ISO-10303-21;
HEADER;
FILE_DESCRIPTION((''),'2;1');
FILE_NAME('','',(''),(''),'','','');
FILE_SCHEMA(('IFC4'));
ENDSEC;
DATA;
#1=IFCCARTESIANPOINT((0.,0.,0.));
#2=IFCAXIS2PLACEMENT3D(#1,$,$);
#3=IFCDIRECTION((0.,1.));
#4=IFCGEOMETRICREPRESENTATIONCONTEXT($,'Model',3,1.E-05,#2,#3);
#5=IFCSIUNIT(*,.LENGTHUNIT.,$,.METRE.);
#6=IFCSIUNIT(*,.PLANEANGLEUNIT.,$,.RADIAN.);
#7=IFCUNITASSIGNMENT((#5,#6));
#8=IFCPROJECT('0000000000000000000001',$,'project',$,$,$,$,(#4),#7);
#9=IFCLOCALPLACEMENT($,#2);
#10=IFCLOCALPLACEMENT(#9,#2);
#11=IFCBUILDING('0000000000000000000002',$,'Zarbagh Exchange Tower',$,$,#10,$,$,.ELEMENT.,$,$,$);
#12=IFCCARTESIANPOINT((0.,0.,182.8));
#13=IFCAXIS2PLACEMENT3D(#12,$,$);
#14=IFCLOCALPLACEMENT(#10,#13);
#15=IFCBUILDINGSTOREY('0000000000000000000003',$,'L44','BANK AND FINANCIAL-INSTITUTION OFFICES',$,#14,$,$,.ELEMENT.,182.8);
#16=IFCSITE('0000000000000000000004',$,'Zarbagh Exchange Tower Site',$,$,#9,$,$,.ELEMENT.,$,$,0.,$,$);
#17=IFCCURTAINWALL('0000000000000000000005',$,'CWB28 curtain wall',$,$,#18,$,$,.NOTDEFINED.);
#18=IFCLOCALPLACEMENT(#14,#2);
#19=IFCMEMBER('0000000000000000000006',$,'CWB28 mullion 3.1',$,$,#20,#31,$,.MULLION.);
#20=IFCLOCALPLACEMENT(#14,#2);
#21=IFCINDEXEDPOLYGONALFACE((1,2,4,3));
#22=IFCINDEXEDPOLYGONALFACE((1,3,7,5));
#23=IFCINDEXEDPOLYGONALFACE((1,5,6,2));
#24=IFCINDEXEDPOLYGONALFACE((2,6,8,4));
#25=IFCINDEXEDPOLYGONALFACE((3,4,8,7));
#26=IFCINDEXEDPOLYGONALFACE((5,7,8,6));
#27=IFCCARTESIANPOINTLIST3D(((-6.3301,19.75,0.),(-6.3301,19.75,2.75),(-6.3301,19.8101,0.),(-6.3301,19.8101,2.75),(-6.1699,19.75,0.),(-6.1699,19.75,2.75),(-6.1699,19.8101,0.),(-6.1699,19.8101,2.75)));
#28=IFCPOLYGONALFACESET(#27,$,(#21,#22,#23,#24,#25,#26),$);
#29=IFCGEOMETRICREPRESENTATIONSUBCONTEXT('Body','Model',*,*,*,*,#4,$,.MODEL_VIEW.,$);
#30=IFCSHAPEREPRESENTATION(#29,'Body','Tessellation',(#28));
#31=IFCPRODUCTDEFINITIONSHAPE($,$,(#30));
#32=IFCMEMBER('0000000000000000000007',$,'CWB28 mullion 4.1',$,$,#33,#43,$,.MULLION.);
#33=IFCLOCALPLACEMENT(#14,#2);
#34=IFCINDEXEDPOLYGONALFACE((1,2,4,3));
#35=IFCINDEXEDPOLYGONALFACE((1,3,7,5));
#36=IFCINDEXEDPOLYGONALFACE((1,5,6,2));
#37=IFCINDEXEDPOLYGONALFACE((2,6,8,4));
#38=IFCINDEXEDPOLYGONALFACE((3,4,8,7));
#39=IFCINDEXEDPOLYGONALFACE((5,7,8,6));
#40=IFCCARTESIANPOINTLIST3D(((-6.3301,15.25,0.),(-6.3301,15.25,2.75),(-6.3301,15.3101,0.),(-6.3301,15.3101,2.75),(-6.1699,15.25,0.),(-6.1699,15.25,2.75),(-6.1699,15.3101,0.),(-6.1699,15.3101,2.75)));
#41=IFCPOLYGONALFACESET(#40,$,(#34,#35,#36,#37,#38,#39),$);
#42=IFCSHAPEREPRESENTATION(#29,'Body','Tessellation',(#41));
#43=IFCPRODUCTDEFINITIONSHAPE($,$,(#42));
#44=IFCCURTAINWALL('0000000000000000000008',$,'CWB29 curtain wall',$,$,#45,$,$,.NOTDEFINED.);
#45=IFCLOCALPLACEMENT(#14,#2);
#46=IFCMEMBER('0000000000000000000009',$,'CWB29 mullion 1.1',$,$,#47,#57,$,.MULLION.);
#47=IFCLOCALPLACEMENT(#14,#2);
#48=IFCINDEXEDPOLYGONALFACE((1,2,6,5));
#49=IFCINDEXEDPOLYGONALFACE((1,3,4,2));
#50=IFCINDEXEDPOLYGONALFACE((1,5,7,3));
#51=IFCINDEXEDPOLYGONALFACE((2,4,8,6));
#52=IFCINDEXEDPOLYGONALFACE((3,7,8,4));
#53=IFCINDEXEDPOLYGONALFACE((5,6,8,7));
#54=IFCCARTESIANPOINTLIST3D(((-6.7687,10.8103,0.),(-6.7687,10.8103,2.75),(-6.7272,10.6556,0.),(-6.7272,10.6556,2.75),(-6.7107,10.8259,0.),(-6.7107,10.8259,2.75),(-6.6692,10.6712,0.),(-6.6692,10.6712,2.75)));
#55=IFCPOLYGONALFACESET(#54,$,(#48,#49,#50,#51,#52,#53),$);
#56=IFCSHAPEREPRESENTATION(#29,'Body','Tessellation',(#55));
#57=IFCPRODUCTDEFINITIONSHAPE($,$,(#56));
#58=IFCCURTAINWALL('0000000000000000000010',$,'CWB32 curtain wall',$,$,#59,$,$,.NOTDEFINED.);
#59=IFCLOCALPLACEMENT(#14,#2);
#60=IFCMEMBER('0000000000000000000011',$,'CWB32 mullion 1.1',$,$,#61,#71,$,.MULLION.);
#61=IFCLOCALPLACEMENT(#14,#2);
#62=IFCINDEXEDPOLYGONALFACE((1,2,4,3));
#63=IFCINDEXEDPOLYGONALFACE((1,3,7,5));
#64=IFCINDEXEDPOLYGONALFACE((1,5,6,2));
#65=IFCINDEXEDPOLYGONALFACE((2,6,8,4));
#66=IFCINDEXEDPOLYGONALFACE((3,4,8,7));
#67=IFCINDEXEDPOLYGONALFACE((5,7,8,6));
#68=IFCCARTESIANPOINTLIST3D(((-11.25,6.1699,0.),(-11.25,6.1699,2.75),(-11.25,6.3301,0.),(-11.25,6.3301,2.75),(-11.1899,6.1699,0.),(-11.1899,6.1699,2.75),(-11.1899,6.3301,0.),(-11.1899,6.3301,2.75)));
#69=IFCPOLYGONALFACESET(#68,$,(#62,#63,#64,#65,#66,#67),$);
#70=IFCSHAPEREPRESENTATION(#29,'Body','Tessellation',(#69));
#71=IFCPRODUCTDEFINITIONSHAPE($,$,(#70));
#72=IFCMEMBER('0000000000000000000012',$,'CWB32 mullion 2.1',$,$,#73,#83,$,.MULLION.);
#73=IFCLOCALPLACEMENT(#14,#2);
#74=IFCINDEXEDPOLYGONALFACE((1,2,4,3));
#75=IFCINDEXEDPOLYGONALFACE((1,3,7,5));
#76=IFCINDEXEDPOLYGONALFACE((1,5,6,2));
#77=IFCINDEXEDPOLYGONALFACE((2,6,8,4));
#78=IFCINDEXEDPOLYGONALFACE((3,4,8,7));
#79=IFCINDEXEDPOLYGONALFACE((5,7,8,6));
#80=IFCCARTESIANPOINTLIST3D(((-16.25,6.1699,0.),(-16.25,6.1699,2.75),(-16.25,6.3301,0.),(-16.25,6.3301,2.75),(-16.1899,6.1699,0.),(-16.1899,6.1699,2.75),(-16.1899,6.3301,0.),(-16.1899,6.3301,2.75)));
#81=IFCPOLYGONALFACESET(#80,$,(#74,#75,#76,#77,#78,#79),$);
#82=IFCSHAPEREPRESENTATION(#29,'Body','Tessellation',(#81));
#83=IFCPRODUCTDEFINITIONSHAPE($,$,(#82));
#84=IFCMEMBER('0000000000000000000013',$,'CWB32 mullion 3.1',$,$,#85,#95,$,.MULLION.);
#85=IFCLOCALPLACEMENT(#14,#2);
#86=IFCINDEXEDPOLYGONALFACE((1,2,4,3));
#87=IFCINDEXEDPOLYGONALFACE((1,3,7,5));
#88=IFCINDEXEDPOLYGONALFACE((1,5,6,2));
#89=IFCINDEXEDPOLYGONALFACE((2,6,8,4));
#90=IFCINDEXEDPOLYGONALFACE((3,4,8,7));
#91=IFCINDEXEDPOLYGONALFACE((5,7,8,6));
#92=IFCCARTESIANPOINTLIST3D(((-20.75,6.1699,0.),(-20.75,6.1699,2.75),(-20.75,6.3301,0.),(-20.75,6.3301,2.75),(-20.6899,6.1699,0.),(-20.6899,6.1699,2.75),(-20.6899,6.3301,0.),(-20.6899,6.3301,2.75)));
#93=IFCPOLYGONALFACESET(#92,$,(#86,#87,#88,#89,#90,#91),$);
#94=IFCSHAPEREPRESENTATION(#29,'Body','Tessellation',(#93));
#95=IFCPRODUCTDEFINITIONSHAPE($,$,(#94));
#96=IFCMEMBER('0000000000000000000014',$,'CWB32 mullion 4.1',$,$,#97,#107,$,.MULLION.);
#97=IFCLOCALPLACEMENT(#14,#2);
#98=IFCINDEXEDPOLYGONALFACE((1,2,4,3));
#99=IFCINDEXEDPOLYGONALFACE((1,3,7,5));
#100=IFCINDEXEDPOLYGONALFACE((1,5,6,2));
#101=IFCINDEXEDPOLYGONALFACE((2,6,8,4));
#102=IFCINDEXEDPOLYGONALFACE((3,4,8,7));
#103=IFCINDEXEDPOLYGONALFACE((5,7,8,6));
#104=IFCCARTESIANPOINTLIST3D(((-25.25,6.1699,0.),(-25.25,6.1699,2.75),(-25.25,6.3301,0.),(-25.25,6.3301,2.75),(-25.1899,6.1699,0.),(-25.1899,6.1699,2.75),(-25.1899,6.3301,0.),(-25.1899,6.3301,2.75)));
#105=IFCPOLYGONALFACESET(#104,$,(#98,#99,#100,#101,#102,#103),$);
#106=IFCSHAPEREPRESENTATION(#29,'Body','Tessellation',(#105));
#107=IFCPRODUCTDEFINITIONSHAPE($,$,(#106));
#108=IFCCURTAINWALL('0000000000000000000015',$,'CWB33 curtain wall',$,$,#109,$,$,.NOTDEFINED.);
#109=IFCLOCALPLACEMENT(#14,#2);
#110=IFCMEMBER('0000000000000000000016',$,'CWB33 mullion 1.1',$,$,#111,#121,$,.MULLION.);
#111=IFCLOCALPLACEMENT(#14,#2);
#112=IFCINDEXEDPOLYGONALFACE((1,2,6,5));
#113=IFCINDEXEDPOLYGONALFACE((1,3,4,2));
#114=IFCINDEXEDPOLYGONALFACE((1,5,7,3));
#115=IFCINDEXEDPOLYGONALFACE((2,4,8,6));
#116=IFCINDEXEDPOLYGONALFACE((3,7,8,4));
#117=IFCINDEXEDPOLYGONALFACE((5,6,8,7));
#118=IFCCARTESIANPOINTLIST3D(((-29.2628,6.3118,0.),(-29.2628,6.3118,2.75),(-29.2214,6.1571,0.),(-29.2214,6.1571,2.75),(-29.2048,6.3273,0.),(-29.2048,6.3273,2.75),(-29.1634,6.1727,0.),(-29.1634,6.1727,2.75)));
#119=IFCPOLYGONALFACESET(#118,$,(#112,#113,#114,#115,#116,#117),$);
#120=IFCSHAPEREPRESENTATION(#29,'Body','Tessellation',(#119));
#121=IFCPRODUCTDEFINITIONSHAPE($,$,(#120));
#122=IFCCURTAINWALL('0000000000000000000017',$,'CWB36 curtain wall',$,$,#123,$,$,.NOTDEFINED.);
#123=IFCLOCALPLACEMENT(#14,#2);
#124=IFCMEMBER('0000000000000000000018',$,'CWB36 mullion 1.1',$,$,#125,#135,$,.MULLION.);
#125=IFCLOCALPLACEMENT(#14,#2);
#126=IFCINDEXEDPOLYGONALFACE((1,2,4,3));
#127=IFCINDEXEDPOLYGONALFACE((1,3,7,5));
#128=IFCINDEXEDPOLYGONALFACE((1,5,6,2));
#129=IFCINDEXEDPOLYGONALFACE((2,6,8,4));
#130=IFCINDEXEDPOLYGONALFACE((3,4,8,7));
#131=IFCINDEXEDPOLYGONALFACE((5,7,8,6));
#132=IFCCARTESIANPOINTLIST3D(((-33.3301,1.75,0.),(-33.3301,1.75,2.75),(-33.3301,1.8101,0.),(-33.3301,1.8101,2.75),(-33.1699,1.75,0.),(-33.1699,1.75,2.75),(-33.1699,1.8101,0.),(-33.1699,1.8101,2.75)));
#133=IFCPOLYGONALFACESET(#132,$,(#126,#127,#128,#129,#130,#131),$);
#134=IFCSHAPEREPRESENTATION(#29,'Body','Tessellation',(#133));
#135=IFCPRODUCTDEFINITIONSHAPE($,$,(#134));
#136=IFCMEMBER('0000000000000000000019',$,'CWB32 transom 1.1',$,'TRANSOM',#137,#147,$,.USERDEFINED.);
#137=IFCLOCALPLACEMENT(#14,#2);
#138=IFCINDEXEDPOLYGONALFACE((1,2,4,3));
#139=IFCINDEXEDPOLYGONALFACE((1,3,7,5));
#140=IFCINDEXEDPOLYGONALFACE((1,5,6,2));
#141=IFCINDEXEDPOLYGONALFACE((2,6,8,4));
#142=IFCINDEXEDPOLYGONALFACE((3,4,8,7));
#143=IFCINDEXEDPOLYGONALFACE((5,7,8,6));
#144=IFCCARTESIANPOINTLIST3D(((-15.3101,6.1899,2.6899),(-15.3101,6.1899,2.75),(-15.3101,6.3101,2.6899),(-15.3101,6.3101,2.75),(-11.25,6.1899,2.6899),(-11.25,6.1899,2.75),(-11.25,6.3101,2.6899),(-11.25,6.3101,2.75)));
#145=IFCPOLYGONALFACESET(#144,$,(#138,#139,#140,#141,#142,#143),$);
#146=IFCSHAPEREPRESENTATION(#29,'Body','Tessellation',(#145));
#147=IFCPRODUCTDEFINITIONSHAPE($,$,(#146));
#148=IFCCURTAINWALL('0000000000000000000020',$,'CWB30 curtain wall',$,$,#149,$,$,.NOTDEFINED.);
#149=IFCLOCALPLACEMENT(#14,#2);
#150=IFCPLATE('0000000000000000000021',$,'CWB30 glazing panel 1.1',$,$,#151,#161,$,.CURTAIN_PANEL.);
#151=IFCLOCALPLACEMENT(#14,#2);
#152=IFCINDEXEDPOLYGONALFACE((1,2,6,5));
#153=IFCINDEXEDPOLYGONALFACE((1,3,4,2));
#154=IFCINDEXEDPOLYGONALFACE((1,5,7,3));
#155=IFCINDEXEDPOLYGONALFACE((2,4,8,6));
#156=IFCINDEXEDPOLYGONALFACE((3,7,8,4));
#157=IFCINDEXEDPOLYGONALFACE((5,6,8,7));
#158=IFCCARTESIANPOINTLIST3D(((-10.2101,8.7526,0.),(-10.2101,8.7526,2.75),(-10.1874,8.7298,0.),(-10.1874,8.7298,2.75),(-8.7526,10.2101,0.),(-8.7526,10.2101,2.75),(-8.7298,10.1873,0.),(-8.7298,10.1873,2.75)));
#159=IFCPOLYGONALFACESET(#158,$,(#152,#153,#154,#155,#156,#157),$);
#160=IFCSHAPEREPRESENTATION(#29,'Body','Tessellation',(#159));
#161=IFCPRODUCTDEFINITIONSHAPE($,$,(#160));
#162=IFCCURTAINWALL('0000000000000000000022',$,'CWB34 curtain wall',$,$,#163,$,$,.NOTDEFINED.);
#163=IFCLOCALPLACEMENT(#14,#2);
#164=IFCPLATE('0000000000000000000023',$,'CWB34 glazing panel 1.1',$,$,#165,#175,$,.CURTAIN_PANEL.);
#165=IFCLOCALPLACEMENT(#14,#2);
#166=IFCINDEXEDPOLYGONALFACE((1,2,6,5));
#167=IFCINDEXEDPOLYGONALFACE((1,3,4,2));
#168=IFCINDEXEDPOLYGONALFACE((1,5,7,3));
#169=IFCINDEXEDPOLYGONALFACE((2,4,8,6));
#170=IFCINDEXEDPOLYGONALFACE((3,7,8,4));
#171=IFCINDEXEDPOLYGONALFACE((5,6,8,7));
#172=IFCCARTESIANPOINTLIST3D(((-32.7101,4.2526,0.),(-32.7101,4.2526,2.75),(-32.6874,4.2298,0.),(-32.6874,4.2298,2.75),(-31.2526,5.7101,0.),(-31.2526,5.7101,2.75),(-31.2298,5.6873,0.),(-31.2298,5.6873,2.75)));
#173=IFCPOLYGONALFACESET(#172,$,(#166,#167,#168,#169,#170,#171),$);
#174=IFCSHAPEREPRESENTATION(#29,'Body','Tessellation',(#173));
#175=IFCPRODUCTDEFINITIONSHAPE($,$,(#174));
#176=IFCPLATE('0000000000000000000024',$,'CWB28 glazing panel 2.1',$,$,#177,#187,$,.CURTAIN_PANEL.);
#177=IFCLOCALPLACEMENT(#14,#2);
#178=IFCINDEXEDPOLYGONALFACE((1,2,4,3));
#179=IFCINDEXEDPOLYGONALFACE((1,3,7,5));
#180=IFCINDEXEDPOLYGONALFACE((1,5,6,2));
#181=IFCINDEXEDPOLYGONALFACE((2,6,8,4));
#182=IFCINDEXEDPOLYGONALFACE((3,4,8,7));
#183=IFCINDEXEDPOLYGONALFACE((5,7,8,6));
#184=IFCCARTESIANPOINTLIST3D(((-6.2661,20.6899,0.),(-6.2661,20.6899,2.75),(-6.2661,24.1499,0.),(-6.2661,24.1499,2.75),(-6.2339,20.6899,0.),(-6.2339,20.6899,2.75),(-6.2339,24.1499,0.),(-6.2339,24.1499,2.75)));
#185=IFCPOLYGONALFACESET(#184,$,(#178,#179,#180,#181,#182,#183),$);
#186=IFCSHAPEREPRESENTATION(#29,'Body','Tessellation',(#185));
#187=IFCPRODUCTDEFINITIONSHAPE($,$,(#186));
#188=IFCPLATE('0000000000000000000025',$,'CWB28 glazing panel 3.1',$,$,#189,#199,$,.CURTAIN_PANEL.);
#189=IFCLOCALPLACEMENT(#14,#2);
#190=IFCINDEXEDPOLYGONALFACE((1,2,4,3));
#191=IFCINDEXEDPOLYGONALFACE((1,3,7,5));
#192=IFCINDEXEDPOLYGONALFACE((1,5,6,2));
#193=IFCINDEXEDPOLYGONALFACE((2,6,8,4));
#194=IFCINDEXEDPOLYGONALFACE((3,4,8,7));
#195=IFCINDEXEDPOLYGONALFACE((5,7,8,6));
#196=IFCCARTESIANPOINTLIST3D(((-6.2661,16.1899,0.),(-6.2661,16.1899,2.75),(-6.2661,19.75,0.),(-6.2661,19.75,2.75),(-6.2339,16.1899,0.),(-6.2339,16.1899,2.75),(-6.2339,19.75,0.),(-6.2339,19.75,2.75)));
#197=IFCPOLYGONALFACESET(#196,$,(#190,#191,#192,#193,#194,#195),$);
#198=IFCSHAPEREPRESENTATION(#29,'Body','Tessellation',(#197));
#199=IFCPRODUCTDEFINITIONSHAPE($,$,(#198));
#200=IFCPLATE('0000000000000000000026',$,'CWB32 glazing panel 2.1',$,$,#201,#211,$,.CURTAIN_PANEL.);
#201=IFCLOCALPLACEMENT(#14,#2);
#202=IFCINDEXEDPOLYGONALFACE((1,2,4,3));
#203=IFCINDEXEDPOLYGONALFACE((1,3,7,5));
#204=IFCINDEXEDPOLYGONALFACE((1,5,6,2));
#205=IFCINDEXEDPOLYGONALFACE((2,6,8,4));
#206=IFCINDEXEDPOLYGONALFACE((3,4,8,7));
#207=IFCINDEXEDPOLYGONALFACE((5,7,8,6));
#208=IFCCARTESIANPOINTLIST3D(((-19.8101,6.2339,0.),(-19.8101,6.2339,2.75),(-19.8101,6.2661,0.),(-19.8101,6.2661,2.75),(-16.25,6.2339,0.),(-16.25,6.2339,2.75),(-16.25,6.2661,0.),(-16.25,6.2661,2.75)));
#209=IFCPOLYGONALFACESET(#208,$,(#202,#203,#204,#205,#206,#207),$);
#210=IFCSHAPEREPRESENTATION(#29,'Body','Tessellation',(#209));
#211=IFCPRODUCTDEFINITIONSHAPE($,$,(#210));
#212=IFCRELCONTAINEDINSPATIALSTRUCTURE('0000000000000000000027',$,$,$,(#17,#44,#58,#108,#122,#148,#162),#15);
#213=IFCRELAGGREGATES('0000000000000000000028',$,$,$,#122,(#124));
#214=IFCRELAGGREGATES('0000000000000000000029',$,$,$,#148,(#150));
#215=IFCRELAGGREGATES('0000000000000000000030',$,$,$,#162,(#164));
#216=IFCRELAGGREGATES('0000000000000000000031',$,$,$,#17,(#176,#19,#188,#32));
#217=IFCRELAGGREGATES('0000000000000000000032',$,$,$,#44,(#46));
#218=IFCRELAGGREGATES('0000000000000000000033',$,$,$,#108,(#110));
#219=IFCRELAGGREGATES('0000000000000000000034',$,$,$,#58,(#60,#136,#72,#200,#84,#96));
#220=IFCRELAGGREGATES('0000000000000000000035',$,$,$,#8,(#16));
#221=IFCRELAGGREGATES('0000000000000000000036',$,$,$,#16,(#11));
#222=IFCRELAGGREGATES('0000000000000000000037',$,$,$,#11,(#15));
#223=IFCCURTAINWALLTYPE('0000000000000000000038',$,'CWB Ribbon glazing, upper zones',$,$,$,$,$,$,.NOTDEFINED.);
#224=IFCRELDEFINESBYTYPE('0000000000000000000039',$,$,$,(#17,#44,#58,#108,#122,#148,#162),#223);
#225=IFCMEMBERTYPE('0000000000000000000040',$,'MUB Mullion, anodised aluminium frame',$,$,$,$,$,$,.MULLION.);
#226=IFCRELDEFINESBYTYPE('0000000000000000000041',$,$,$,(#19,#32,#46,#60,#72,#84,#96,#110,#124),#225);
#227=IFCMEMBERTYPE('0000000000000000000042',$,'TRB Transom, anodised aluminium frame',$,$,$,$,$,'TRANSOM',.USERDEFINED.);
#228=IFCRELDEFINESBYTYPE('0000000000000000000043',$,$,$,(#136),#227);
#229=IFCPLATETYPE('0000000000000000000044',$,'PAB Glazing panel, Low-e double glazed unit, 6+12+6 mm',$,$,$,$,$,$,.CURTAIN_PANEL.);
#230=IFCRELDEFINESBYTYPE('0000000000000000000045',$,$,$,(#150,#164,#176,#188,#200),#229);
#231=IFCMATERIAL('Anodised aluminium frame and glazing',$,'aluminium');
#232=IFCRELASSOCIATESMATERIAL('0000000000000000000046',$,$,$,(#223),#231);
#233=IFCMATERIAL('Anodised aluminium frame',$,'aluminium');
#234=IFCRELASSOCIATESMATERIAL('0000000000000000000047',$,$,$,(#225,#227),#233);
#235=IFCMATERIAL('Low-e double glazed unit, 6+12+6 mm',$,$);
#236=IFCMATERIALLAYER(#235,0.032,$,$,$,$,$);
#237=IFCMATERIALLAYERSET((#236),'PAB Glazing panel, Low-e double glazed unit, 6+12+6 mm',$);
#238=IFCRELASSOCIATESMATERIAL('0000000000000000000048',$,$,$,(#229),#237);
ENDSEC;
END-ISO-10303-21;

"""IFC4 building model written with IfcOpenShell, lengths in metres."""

from ifc_helpers import new_model, si_unit, direction, frame, origin, place, context, subcontext, project, spatial, polyline, outline, extrude, source, transform, mapped, material, layer, layer_set, type_object, element, aggregate, save


model = new_model("IFC4")

# Units and contexts
model_context = context("Model", 3, precision=1e-05, world=origin(), true_north=direction((0.0, 1.0)))
body_context = subcontext(model_context, "Body", "Model", "MODEL_VIEW")
ifc_project = project(units=[si_unit("LENGTHUNIT", "METRE"), si_unit("PLANEANGLEUNIT", "RADIAN")], contexts=[model_context])

# Site, building, storey
site_placement = place(None, origin())
site = spatial("IfcSite", under=ifc_project, at=site_placement, Name="Zarbagh Exchange Tower Site", CompositionType="ELEMENT", RefElevation=0.0)
building_placement = place(site_placement, origin())
building = spatial("IfcBuilding", under=site, at=building_placement, Name="Zarbagh Exchange Tower", CompositionType="ELEMENT")
storey_placement = place(building_placement, frame((0.0, 0.0, 182.8)))
storey = spatial("IfcBuildingStorey", under=building, at=storey_placement, Name="L44", Description="BANK AND FINANCIAL-INSTITUTION OFFICES", CompositionType="ELEMENT", Elevation=182.8)

# Curtain wall, members
ifc_material_1 = material(Name="Anodised aluminium frame and glazing", Category="aluminium")
curtain_wall_type = type_object("IfcCurtainWallType", Name="CWB Ribbon glazing, upper zones", PredefinedType="NOTDEFINED", material=ifc_material_1)
curtain_wall_1_placement = place(storey_placement, origin())
curtain_wall_1 = element("IfcCurtainWall", 1, at=curtain_wall_1_placement, inside=storey, type_object=curtain_wall_type, Name="CWB28 curtain wall", PredefinedType="NOTDEFINED")
ifc_material_2 = material(Name="Anodised aluminium frame", Category="aluminium")
member_type_1 = type_object("IfcMemberType", Name="MUB Mullion, anodised aluminium frame", PredefinedType="MULLION", material=ifc_material_2)
shared_shape_1 = source(origin(), body_context, "Body", "SweptSolid", [
    extrude(outline(polyline([(0.0, -0.0801), (0.0601, -0.0801), (0.0601, 0.0801), (0.0, 0.0801), (0.0, -0.0801)])), origin(), (0.0, 0.0, 1.0), 2.75),
])
placement = place(storey_placement, origin())
member_1 = element("IfcMember", 2, at=placement, type_object=member_type_1, Name="CWB28 mullion 3.1", PredefinedType="MULLION", context=body_context, shape_type="MappedRepresentation", body=[
    mapped(shared_shape_1, transform((-6.25, 19.8101, 0.0), x_axis=(0.0, -1.0, 0.0), y_axis=(1.0, 0.0, 0.0), z_axis=(0.0, 0.0, 1.0))),
])
member_2 = element("IfcMember", 3, at=placement, type_object=member_type_1, Name="CWB28 mullion 4.1", PredefinedType="MULLION", context=body_context, shape_type="MappedRepresentation", body=[
    mapped(shared_shape_1, transform((-6.25, 15.3101, 0.0), x_axis=(0.0, -1.0, 0.0), y_axis=(1.0, 0.0, 0.0), z_axis=(0.0, 0.0, 1.0))),
])

# Curtain wall, member
curtain_wall_2_placement = place(storey_placement, origin())
curtain_wall_2 = element("IfcCurtainWall", 4, at=curtain_wall_2_placement, inside=storey, type_object=curtain_wall_type, Name="CWB29 curtain wall", PredefinedType="NOTDEFINED")
member_3 = element("IfcMember", 5, at=placement, type_object=member_type_1, Name="CWB29 mullion 1.1", PredefinedType="MULLION", context=body_context, shape_type="MappedRepresentation", body=[
    mapped(shared_shape_1, transform((-6.6899, 10.7485, 0.0), x_axis=(-0.965924, -0.258825, 0.0), y_axis=(0.258825, -0.965924, 0.0), z_axis=(0.0, 0.0, 1.0))),
])

# Curtain wall, members
curtain_wall_3_placement = place(storey_placement, origin())
curtain_wall_3 = element("IfcCurtainWall", 6, at=curtain_wall_3_placement, inside=storey, type_object=curtain_wall_type, Name="CWB32 curtain wall", PredefinedType="NOTDEFINED")
member_4 = element("IfcMember", 7, at=placement, type_object=member_type_1, Name="CWB32 mullion 1.1", PredefinedType="MULLION", context=body_context, shape_type="MappedRepresentation", body=[
    mapped(shared_shape_1, transform((-11.1899, 6.25, 0.0), x_axis=(-1.0, 0.0, 0.0), y_axis=(0.0, -1.0, 0.0), z_axis=(0.0, 0.0, 1.0))),
])
member_5 = element("IfcMember", 8, at=placement, type_object=member_type_1, Name="CWB32 mullion 2.1", PredefinedType="MULLION", context=body_context, shape_type="MappedRepresentation", body=[
    mapped(shared_shape_1, transform((-16.1899, 6.25, 0.0), x_axis=(-1.0, 0.0, 0.0), y_axis=(0.0, -1.0, 0.0), z_axis=(0.0, 0.0, 1.0))),
])
member_6 = element("IfcMember", 9, at=placement, type_object=member_type_1, Name="CWB32 mullion 3.1", PredefinedType="MULLION", context=body_context, shape_type="MappedRepresentation", body=[
    mapped(shared_shape_1, transform((-20.6899, 6.25, 0.0), x_axis=(-1.0, 0.0, 0.0), y_axis=(0.0, -1.0, 0.0), z_axis=(0.0, 0.0, 1.0))),
])
member_7 = element("IfcMember", 10, at=placement, type_object=member_type_1, Name="CWB32 mullion 4.1", PredefinedType="MULLION", context=body_context, shape_type="MappedRepresentation", body=[
    mapped(shared_shape_1, transform((-25.1899, 6.25, 0.0), x_axis=(-1.0, 0.0, 0.0), y_axis=(0.0, -1.0, 0.0), z_axis=(0.0, 0.0, 1.0))),
])

# Curtain walls, members
curtain_wall_4_placement = place(storey_placement, origin())
curtain_wall_4 = element("IfcCurtainWall", 11, at=curtain_wall_4_placement, inside=storey, type_object=curtain_wall_type, Name="CWB33 curtain wall", PredefinedType="NOTDEFINED")
member_8 = element("IfcMember", 12, at=placement, type_object=member_type_1, Name="CWB33 mullion 1.1", PredefinedType="MULLION", context=body_context, shape_type="MappedRepresentation", body=[
    mapped(shared_shape_1, transform((-29.1841, 6.25, 0.0), x_axis=(-0.965924, -0.258825, 0.0), y_axis=(0.258825, -0.965924, 0.0), z_axis=(0.0, 0.0, 1.0))),
])
curtain_wall_5_placement = place(storey_placement, origin())
curtain_wall_5 = element("IfcCurtainWall", 13, at=curtain_wall_5_placement, inside=storey, type_object=curtain_wall_type, Name="CWB36 curtain wall", PredefinedType="NOTDEFINED")
member_9 = element("IfcMember", 14, at=placement, type_object=member_type_1, Name="CWB36 mullion 1.1", PredefinedType="MULLION", context=body_context, shape_type="MappedRepresentation", body=[
    mapped(shared_shape_1, transform((-33.25, 1.8101, 0.0), x_axis=(0.0, -1.0, 0.0), y_axis=(1.0, 0.0, 0.0), z_axis=(0.0, 0.0, 1.0))),
])
aggregate(curtain_wall_5, [member_9])

# Member
member_type_2 = type_object("IfcMemberType", Name="TRB Transom, anodised aluminium frame", ElementType="TRANSOM", PredefinedType="USERDEFINED", material=ifc_material_2)
shared_shape_2 = source(origin(), body_context, "Body", "SweptSolid", [
    extrude(outline(polyline([(-0.0601, -0.0601), (0.0, -0.0601), (0.0, 0.0601), (-0.0601, 0.0601), (-0.0601, -0.0601)])), origin(), (0.0, 0.0, 1.0), 4.0601),
])
member_10 = element("IfcMember", 15, at=placement, type_object=member_type_2, Name="CWB32 transom 1.1", ObjectType="TRANSOM", PredefinedType="USERDEFINED", context=body_context, shape_type="MappedRepresentation", body=[
    mapped(shared_shape_2, transform((-11.25, 6.25, 2.75), x_axis=(0.0, 0.0, 1.0), y_axis=(0.0, 1.0, 0.0), z_axis=(-1.0, 0.0, 0.0))),
])

# Curtain walls, plates
curtain_wall_6_placement = place(storey_placement, origin())
curtain_wall_6 = element("IfcCurtainWall", 16, at=curtain_wall_6_placement, inside=storey, type_object=curtain_wall_type, Name="CWB30 curtain wall", PredefinedType="NOTDEFINED")
ifc_material_3 = material(Name="Low-e double glazed unit, 6+12+6 mm")
ifc_layer = layer(ifc_material_3, 0.032)
ifc_layer_set = layer_set([ifc_layer], Name="PAB Glazing panel, Low-e double glazed unit, 6+12+6 mm")
plate_type = type_object("IfcPlateType", Name="PAB Glazing panel, Low-e double glazed unit, 6+12+6 mm", PredefinedType="CURTAIN_PANEL", material=ifc_layer_set)
shared_shape_3 = source(origin(), body_context, "Body", "SweptSolid", [
    extrude(outline(polyline([(0.0, -0.0161), (2.0613, -0.0161), (2.0613, 0.0161), (0.0, 0.0161), (0.0, -0.0161)])), origin(), (0.0, 0.0, 1.0), 2.75),
])
plate_1 = element("IfcPlate", 17, at=placement, type_object=plate_type, Name="CWB30 glazing panel 1.1", PredefinedType="CURTAIN_PANEL", context=body_context, shape_type="MappedRepresentation", body=[
    mapped(shared_shape_3, transform((-8.7412, 10.1987, 0.0), x_axis=(-0.707107, -0.707107, 0.0), y_axis=(0.707107, -0.707107, 0.0), z_axis=(0.0, 0.0, 1.0))),
])
aggregate(curtain_wall_6, [plate_1])
curtain_wall_7_placement = place(storey_placement, origin())
curtain_wall_7 = element("IfcCurtainWall", 18, at=curtain_wall_7_placement, inside=storey, type_object=curtain_wall_type, Name="CWB34 curtain wall", PredefinedType="NOTDEFINED")
plate_2 = element("IfcPlate", 19, at=placement, type_object=plate_type, Name="CWB34 glazing panel 1.1", PredefinedType="CURTAIN_PANEL", context=body_context, shape_type="MappedRepresentation", body=[
    mapped(shared_shape_3, transform((-31.2412, 5.6987, 0.0), x_axis=(-0.707107, -0.707107, 0.0), y_axis=(0.707107, -0.707107, 0.0), z_axis=(0.0, 0.0, 1.0))),
])
aggregate(curtain_wall_7, [plate_2])

# Plates
shared_shape_4 = source(origin(), body_context, "Body", "SweptSolid", [
    extrude(outline(polyline([(0.0, -0.0161), (3.46, -0.0161), (3.46, 0.0161), (0.0, 0.0161), (0.0, -0.0161)])), origin(), (0.0, 0.0, 1.0), 2.75),
])
plate_3 = element("IfcPlate", 20, at=placement, type_object=plate_type, Name="CWB28 glazing panel 2.1", PredefinedType="CURTAIN_PANEL", context=body_context, shape_type="MappedRepresentation", body=[
    mapped(shared_shape_4, transform((-6.25, 24.1499, 0.0), x_axis=(0.0, -1.0, 0.0), y_axis=(1.0, 0.0, 0.0), z_axis=(0.0, 0.0, 1.0))),
])
shared_shape_5 = source(origin(), body_context, "Body", "SweptSolid", [
    extrude(outline(polyline([(0.0, -0.0161), (3.5601, -0.0161), (3.5601, 0.0161), (0.0, 0.0161), (0.0, -0.0161)])), origin(), (0.0, 0.0, 1.0), 2.75),
])
plate_4 = element("IfcPlate", 21, at=placement, type_object=plate_type, Name="CWB28 glazing panel 3.1", PredefinedType="CURTAIN_PANEL", context=body_context, shape_type="MappedRepresentation", body=[
    mapped(shared_shape_5, transform((-6.25, 19.75, 0.0), x_axis=(0.0, -1.0, 0.0), y_axis=(1.0, 0.0, 0.0), z_axis=(0.0, 0.0, 1.0))),
])
plate_5 = element("IfcPlate", 22, at=placement, type_object=plate_type, Name="CWB32 glazing panel 2.1", PredefinedType="CURTAIN_PANEL", context=body_context, shape_type="MappedRepresentation", body=[
    mapped(shared_shape_5, transform((-16.25, 6.25, 0.0), x_axis=(-1.0, 0.0, 0.0), y_axis=(0.0, -1.0, 0.0), z_axis=(0.0, 0.0, 1.0))),
])
aggregate(curtain_wall_1, [plate_3, member_1, plate_4, member_2])
aggregate(curtain_wall_2, [member_3])

aggregate(curtain_wall_4, [member_8])
aggregate(curtain_wall_3, [member_4, member_10, member_5, plate_5, member_6, member_7])

save(model, "model.ifc")
